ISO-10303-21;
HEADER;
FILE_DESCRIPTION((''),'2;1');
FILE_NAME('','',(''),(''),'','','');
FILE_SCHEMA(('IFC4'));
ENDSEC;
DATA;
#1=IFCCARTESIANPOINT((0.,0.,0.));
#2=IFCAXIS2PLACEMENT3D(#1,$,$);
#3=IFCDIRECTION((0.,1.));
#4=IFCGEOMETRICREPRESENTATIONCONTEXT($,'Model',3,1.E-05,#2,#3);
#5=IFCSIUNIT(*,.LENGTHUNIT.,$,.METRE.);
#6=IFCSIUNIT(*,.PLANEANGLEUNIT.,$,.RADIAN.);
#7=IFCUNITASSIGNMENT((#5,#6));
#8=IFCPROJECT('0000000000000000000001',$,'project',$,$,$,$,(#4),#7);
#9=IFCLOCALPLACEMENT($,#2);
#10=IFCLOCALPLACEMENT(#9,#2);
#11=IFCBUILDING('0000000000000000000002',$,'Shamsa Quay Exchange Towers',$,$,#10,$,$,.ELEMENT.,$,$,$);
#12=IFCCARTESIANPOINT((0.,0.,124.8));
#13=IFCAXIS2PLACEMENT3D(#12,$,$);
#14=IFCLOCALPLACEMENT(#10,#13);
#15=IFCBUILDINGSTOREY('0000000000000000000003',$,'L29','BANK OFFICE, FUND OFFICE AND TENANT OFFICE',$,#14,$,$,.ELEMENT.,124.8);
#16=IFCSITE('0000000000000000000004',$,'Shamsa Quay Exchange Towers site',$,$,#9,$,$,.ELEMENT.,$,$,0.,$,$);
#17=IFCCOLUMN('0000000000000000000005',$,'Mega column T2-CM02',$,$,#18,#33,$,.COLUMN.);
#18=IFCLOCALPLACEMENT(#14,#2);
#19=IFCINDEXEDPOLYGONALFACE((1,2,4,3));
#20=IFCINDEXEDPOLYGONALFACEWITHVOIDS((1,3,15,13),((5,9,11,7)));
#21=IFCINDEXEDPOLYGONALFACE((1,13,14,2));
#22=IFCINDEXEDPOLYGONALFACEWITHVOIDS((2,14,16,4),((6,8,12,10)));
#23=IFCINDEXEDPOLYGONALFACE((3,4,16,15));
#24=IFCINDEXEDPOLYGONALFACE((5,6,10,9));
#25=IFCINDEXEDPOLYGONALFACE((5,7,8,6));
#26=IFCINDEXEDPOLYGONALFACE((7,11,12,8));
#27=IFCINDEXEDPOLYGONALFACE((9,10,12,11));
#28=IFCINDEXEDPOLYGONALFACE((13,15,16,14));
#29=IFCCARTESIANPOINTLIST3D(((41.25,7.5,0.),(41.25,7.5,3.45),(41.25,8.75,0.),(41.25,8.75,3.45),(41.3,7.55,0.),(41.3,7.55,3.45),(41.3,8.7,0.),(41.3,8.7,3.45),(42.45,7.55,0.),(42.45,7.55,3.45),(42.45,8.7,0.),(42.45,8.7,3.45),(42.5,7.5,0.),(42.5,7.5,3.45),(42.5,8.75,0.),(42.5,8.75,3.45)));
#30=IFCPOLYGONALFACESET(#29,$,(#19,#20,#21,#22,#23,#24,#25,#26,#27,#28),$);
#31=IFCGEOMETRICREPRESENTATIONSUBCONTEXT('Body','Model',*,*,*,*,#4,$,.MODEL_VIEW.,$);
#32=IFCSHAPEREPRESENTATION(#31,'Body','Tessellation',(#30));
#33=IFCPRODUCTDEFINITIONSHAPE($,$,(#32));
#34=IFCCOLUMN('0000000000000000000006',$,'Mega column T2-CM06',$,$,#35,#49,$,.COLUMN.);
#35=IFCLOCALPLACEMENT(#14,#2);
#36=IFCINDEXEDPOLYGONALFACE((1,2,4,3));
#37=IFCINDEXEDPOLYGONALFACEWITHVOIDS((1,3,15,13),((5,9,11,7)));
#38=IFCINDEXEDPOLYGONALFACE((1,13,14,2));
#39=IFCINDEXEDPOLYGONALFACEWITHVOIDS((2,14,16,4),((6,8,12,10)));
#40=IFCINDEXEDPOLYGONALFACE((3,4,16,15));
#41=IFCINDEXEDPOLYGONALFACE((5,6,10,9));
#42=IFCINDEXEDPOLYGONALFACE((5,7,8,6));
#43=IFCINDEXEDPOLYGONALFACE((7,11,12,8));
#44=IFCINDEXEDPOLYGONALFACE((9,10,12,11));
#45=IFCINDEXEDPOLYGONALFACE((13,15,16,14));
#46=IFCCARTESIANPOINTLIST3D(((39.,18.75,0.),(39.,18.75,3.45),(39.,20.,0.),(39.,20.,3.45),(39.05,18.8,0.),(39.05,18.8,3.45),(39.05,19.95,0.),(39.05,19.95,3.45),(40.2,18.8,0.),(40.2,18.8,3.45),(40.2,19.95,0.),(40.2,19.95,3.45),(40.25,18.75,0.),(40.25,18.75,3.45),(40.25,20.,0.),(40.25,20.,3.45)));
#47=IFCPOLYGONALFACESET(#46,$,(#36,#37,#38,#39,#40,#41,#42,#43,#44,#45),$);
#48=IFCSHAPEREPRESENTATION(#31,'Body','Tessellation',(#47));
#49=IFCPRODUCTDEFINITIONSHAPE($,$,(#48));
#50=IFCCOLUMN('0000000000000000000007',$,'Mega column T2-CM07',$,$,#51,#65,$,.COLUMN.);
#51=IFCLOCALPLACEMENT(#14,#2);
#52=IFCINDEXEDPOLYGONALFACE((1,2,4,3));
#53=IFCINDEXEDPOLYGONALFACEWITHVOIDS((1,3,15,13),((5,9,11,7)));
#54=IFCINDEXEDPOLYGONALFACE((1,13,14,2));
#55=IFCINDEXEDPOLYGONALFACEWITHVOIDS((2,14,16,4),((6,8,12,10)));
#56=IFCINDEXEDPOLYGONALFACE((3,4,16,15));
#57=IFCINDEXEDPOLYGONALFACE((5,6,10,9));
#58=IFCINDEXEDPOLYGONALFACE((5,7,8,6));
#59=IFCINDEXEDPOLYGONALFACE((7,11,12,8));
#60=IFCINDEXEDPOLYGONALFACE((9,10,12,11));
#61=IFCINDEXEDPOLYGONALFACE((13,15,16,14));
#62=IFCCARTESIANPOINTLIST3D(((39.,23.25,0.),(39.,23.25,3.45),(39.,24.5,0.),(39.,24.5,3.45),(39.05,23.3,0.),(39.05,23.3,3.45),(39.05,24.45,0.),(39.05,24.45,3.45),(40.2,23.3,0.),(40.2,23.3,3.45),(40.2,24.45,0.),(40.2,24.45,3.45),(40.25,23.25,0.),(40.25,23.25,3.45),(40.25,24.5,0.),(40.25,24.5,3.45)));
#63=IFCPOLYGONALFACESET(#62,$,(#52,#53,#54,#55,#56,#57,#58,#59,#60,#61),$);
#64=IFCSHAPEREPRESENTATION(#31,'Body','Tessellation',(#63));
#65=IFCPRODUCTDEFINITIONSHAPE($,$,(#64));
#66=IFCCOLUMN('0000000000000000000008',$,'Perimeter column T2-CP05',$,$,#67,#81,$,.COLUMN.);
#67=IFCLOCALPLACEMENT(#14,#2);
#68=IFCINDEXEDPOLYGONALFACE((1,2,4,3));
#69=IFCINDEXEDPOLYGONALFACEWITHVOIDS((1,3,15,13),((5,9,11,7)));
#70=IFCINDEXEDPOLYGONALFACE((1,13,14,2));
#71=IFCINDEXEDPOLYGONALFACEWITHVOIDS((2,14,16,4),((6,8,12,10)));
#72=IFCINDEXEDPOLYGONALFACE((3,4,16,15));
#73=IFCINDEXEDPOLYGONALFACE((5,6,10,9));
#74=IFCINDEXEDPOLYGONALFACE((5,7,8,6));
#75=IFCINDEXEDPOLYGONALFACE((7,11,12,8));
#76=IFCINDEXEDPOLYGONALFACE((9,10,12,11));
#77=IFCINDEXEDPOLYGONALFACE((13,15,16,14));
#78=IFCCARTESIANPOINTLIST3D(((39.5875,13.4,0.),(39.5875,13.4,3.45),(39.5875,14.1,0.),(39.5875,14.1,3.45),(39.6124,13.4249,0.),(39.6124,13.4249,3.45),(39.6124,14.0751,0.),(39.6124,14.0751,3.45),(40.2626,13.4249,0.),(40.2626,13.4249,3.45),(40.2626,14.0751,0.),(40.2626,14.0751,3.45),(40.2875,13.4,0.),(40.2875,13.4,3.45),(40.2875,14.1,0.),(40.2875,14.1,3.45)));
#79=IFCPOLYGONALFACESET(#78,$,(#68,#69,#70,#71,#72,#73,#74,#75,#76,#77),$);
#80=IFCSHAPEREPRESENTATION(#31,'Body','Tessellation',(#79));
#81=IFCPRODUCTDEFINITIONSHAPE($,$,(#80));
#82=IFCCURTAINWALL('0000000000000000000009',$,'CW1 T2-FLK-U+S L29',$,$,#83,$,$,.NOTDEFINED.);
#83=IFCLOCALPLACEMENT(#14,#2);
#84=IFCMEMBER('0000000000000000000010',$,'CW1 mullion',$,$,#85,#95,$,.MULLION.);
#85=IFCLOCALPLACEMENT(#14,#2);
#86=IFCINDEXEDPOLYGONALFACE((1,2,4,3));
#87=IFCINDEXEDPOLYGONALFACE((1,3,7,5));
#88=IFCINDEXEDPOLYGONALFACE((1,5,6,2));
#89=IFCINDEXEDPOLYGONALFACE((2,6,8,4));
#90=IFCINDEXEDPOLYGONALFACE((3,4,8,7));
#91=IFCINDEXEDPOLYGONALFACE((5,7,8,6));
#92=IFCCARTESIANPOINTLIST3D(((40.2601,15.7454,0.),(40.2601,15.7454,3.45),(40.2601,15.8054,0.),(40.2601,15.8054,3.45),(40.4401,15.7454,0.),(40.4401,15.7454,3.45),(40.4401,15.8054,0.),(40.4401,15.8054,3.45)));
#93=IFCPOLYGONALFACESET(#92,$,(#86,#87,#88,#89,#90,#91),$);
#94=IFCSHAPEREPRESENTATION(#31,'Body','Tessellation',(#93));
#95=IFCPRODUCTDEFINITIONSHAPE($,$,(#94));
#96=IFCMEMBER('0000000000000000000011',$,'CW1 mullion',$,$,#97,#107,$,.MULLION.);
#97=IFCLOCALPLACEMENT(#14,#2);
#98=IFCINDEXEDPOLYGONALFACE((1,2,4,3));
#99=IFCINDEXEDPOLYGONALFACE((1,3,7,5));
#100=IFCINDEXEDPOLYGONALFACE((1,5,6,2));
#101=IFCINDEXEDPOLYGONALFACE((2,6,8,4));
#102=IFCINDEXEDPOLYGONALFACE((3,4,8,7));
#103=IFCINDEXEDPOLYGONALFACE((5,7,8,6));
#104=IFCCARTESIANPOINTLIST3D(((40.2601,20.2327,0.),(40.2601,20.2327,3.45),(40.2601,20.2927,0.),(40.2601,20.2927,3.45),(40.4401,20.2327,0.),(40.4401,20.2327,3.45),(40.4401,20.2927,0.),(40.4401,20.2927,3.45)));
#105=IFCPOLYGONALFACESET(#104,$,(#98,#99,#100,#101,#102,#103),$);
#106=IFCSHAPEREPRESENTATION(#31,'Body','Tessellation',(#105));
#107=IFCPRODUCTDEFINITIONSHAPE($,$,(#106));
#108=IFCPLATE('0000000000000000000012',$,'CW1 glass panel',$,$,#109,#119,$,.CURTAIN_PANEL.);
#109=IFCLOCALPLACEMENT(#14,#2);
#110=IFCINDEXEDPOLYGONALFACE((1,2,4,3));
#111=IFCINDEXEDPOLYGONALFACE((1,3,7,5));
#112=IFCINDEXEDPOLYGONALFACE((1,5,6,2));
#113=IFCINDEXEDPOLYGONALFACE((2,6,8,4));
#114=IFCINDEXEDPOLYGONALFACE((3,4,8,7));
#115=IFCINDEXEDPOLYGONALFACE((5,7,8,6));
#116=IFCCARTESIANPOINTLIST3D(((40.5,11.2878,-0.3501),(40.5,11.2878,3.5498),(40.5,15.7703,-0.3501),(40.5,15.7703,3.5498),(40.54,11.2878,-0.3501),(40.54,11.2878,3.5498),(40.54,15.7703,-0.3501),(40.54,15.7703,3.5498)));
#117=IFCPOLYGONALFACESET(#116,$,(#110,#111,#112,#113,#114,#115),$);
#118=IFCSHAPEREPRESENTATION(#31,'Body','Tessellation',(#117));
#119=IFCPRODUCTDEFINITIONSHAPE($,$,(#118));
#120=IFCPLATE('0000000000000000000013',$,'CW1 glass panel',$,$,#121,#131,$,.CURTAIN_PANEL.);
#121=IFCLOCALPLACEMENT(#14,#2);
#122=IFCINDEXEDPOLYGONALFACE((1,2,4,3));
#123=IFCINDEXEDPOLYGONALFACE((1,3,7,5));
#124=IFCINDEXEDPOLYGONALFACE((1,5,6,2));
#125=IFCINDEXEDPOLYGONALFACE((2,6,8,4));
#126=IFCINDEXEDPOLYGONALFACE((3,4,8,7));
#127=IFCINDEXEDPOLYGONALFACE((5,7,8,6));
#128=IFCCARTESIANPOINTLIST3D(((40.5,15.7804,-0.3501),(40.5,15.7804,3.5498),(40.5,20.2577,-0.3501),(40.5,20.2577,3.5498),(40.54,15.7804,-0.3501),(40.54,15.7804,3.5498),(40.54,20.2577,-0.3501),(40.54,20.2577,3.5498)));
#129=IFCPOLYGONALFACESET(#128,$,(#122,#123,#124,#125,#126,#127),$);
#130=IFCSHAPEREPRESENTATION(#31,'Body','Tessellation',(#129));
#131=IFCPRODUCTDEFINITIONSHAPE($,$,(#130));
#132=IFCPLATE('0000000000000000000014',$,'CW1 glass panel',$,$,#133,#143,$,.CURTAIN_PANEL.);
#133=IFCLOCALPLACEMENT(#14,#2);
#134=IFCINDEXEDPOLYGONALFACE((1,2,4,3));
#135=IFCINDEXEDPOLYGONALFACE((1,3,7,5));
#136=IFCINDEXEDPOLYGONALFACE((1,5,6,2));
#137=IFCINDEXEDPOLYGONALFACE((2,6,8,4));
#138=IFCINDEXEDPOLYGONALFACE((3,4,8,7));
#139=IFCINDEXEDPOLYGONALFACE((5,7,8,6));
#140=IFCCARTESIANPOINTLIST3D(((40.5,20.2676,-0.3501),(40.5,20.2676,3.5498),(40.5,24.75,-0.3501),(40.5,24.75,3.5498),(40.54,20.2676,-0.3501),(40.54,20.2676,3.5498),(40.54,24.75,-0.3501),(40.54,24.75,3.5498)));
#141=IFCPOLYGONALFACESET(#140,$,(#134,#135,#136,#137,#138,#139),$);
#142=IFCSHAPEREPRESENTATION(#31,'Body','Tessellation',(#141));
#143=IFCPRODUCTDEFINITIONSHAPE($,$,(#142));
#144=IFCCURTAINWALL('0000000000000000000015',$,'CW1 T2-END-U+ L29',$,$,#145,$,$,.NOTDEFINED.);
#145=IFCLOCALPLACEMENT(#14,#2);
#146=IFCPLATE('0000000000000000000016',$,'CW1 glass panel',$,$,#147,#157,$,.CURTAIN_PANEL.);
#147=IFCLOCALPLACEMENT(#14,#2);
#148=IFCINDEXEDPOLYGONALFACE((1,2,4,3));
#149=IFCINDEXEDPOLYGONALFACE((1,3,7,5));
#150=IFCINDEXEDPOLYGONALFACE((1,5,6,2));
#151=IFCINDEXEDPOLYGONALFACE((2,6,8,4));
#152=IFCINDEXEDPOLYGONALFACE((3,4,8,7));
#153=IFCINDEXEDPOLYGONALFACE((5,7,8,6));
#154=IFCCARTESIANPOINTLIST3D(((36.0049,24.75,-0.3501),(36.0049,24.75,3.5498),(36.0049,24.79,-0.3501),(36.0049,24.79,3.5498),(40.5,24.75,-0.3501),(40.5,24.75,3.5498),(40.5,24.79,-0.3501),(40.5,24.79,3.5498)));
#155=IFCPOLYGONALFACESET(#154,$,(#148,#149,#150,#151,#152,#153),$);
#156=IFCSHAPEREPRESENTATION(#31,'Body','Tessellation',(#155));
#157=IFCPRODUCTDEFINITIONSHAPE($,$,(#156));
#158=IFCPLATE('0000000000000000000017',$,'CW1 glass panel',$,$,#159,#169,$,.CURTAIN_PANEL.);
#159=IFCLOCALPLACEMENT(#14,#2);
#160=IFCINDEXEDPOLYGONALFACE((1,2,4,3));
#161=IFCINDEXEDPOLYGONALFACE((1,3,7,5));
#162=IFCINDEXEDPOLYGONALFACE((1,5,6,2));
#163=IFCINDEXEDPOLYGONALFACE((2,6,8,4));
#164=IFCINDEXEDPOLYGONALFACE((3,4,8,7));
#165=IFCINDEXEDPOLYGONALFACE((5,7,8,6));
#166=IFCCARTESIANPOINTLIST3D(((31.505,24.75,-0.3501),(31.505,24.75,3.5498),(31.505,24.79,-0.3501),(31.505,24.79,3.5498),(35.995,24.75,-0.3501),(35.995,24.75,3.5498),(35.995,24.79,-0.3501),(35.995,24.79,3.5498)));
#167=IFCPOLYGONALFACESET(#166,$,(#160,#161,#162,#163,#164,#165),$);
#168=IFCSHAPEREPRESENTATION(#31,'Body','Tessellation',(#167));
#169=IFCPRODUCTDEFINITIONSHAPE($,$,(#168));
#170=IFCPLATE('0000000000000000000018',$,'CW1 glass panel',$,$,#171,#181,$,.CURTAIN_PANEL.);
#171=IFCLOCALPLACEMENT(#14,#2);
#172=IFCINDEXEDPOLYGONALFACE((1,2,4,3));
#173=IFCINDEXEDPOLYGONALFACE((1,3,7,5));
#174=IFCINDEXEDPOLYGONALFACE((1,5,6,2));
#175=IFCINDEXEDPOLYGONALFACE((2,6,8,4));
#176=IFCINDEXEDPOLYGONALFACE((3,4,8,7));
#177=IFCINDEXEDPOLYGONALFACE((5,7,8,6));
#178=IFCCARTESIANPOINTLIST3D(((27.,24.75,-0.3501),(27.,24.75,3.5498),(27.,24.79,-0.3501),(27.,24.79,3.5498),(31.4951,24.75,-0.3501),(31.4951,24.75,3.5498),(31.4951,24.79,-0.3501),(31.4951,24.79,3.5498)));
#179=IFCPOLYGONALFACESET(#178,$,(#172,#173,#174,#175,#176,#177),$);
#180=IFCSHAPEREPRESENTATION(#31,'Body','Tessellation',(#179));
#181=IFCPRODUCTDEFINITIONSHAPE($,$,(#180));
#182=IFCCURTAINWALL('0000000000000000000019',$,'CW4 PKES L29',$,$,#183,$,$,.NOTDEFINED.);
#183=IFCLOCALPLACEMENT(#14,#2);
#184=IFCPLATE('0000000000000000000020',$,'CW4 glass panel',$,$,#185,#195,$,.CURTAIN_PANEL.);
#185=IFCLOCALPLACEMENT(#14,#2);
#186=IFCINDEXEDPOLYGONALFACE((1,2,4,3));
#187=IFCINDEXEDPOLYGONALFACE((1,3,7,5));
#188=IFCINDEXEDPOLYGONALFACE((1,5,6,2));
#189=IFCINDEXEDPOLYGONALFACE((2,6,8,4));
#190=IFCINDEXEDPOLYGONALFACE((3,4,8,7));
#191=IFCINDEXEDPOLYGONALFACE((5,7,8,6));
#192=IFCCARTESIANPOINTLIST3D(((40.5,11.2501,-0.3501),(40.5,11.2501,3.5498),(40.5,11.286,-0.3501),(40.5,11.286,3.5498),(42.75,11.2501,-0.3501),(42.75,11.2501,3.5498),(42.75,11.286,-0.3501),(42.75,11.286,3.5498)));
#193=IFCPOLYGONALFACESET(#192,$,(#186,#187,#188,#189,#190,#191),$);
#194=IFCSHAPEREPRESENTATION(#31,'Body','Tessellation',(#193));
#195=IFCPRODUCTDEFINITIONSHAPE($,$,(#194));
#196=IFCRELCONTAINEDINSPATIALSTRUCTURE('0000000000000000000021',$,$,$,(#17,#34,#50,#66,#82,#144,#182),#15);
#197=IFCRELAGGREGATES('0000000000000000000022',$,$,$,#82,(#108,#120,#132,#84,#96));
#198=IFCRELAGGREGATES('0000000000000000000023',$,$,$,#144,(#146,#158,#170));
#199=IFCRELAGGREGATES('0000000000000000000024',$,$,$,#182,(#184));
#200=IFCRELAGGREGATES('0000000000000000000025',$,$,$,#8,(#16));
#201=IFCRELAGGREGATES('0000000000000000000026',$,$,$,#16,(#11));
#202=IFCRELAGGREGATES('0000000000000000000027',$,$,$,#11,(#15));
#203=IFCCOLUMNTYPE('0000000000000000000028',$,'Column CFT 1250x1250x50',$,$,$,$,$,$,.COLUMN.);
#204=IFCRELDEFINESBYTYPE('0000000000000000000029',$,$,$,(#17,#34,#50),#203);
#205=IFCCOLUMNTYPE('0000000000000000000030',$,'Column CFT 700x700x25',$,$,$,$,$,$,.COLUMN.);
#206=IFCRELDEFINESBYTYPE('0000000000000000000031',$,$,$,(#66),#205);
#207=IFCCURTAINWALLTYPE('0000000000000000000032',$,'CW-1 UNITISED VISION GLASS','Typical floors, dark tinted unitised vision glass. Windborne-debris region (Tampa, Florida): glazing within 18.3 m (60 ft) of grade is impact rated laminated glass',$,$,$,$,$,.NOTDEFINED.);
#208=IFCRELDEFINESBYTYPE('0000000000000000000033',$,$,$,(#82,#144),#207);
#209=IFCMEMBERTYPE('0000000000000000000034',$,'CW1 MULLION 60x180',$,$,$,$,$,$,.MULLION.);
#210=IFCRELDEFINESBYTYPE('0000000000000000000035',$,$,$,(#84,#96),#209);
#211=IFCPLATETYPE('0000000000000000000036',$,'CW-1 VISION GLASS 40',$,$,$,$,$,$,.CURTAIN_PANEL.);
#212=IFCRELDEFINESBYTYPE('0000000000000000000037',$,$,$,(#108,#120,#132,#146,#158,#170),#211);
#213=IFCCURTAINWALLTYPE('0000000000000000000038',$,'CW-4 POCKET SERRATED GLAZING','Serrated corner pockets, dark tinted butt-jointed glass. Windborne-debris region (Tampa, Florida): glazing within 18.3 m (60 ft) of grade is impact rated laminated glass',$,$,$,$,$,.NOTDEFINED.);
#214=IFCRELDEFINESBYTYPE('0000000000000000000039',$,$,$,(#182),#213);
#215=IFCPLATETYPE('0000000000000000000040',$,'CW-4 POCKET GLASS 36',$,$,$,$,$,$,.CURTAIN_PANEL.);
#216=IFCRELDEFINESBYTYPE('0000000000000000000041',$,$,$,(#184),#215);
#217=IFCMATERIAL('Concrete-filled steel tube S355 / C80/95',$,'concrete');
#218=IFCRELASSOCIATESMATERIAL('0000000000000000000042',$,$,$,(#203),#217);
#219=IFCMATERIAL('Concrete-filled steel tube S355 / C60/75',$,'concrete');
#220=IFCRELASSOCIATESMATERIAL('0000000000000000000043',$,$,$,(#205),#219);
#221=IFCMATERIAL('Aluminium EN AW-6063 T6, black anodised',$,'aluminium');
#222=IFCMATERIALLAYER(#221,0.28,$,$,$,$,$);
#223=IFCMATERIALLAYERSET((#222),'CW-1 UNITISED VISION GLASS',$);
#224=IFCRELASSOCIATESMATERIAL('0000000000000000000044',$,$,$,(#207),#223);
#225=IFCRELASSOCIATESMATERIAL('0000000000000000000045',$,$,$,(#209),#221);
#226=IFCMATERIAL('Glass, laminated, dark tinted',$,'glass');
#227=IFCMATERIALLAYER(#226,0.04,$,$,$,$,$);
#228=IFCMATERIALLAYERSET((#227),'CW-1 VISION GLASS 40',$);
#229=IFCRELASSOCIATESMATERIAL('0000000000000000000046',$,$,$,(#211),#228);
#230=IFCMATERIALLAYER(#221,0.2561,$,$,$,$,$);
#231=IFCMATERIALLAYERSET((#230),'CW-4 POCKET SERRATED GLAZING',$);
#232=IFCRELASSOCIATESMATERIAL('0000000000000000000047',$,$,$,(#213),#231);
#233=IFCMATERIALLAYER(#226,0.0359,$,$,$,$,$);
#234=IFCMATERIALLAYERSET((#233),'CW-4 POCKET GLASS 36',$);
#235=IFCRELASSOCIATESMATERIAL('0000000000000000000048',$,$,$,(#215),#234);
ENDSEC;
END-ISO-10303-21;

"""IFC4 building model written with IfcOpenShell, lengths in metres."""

from ifc_helpers import new_model, si_unit, direction, frame, origin, origin_2d, place, context, subcontext, project, spatial, rectangle, hollow_rectangle, extrude, material, layer, layer_set, material_profile, profile_set, type_object, element, aggregate, save


model = new_model("IFC4")

# Units and contexts
model_context = context("Model", 3, precision=1e-05, world=origin(), true_north=direction((0.0, 1.0)))
body_context = subcontext(model_context, "Body", "Model", "MODEL_VIEW")
ifc_project = project(units=[si_unit("LENGTHUNIT", "METRE"), si_unit("PLANEANGLEUNIT", "RADIAN")], contexts=[model_context])

# Site, building, storey
site_placement = place(None, origin())
site = spatial("IfcSite", under=ifc_project, at=site_placement, Name="Shamsa Quay Exchange Towers site", CompositionType="ELEMENT", RefElevation=0.0)
building_placement = place(site_placement, origin())
building = spatial("IfcBuilding", under=site, at=building_placement, Name="Shamsa Quay Exchange Towers", CompositionType="ELEMENT")
storey_placement = place(building_placement, frame((0.0, 0.0, 124.8)))
storey = spatial("IfcBuildingStorey", under=building, at=storey_placement, Name="L29", Description="BANK OFFICE, FUND OFFICE AND TENANT OFFICE", CompositionType="ELEMENT", Elevation=124.8)

# Columns
ifc_material_1 = material(Name="Concrete-filled steel tube S355 / C80/95", Category="concrete")
ifc_material_profile_1 = material_profile(ifc_material_1, hollow_rectangle(XDim=1.25, YDim=1.25, WallThickness=0.05, at=origin_2d()), Name="CFT 1250x1250x50")
ifc_profile_set_1 = profile_set([ifc_material_profile_1], Name="Concrete-filled steel tube S355 / C80/95")
column_type_1 = type_object("IfcColumnType", Name="Column CFT 1250x1250x50", PredefinedType="COLUMN", material=ifc_profile_set_1)
for number, where, name in (
    (1, (41.875, 8.125, 0.0), "Mega column T2-CM02"),
    (2, (39.625, 19.375, 0.0), "Mega column T2-CM06"),
    (3, (39.625, 23.875, 0.0), "Mega column T2-CM07"),
):
    element("IfcColumn", number, at=place(storey_placement, frame(where)), inside=storey, type_object=column_type_1, Name=name, PredefinedType="COLUMN", context=body_context, shape_type="SweptSolid", body=[
        extrude(hollow_rectangle(XDim=1.25, YDim=1.25, WallThickness=0.05, at=origin_2d()), origin(), (0.0, 0.0, 1.0), 3.45),
    ])
ifc_material_2 = material(Name="Concrete-filled steel tube S355 / C60/75", Category="concrete")
ifc_material_profile_2 = material_profile(ifc_material_2, hollow_rectangle(XDim=0.7, YDim=0.7, WallThickness=0.0249, at=origin_2d()), Name="CFT 700x700x25")
ifc_profile_set_2 = profile_set([ifc_material_profile_2], Name="Concrete-filled steel tube S355 / C60/75")
column_type_2 = type_object("IfcColumnType", Name="Column CFT 700x700x25", PredefinedType="COLUMN", material=ifc_profile_set_2)
column_placement = place(storey_placement, frame((39.9375, 13.75, 0.0)))
element("IfcColumn", 4, at=column_placement, inside=storey, type_object=column_type_2, Name="Perimeter column T2-CP05", PredefinedType="COLUMN", context=body_context, shape_type="SweptSolid", body=[
    extrude(hollow_rectangle(XDim=0.7, YDim=0.7, WallThickness=0.0249, at=origin_2d()), origin(), (0.0, 0.0, 1.0), 3.45),
])

# Curtain wall, members, plates
ifc_material_3 = material(Name="Aluminium EN AW-6063 T6, black anodised", Category="aluminium")
ifc_layer_1 = layer(ifc_material_3, 0.28)
ifc_layer_set_1 = layer_set([ifc_layer_1], Name="CW-1 UNITISED VISION GLASS")
curtain_wall_type_1 = type_object("IfcCurtainWallType", Name="CW-1 UNITISED VISION GLASS", Description="Typical floors, dark tinted unitised vision glass. Windborne-debris region (Tampa, Florida): glazing within 18.3 m (60 ft) of grade is impact rated laminated glass", PredefinedType="NOTDEFINED", material=ifc_layer_set_1)
curtain_wall_1_placement = place(storey_placement, origin())
curtain_wall_1 = element("IfcCurtainWall", 5, at=curtain_wall_1_placement, inside=storey, type_object=curtain_wall_type_1, Name="CW1 T2-FLK-U+S L29", PredefinedType="NOTDEFINED")
ifc_material_profile_3 = material_profile(ifc_material_3, rectangle(XDim=0.1799, YDim=0.0601, at=origin_2d()), Name="MU60x180")
ifc_profile_set_3 = profile_set([ifc_material_profile_3], Name="Aluminium EN AW-6063 T6, black anodised")
member_type = type_object("IfcMemberType", Name="CW1 MULLION 60x180", PredefinedType="MULLION", material=ifc_profile_set_3)
member_1_placement = place(storey_placement, frame((40.3501, 15.7754, 0.0), z_axis=(0.0, 0.0, 1.0), x_axis=(-1.0, 0.0, 0.0)))
member_1 = element("IfcMember", 6, at=member_1_placement, type_object=member_type, Name="CW1 mullion", PredefinedType="MULLION", context=body_context, shape_type="SweptSolid", body=[
    extrude(rectangle(XDim=0.1799, YDim=0.0601, at=origin_2d()), origin(), (0.0, 0.0, 1.0), 3.45),
])
member_2_placement = place(storey_placement, frame((40.3501, 20.2627, 0.0), z_axis=(0.0, 0.0, 1.0), x_axis=(-1.0, 0.0, 0.0)))
member_2 = element("IfcMember", 7, at=member_2_placement, type_object=member_type, Name="CW1 mullion", PredefinedType="MULLION", context=body_context, shape_type="SweptSolid", body=[
    extrude(rectangle(XDim=0.1799, YDim=0.0601, at=origin_2d()), origin(), (0.0, 0.0, 1.0), 3.45),
])
ifc_material_4 = material(Name="Glass, laminated, dark tinted", Category="glass")
ifc_layer_2 = layer(ifc_material_4, 0.04)
ifc_layer_set_2 = layer_set([ifc_layer_2], Name="CW-1 VISION GLASS 40")
plate_type_1 = type_object("IfcPlateType", Name="CW-1 VISION GLASS 40", PredefinedType="CURTAIN_PANEL", material=ifc_layer_set_2)
plate_1_placement = place(storey_placement, frame((40.52, 13.5291, -0.3501), z_axis=(0.0, 0.0, 1.0), x_axis=(0.0, 1.0, 0.0)))
plate_1 = element("IfcPlate", 8, at=plate_1_placement, type_object=plate_type_1, Name="CW1 glass panel", PredefinedType="CURTAIN_PANEL", context=body_context, shape_type="SweptSolid", body=[
    extrude(rectangle(XDim=4.4824, YDim=0.04, at=origin_2d()), origin(), (0.0, 0.0, 1.0), 3.8999),
])
plate_2_placement = place(storey_placement, frame((40.52, 18.019, -0.3501), z_axis=(0.0, 0.0, 1.0), x_axis=(0.0, 1.0, 0.0)))
plate_2 = element("IfcPlate", 9, at=plate_2_placement, type_object=plate_type_1, Name="CW1 glass panel", PredefinedType="CURTAIN_PANEL", context=body_context, shape_type="SweptSolid", body=[
    extrude(rectangle(XDim=4.4773, YDim=0.04, at=origin_2d()), origin(), (0.0, 0.0, 1.0), 3.8999),
])
plate_3_placement = place(storey_placement, frame((40.52, 22.5088, -0.3501), z_axis=(0.0, 0.0, 1.0), x_axis=(0.0, 1.0, 0.0)))
plate_3 = element("IfcPlate", 10, at=plate_3_placement, type_object=plate_type_1, Name="CW1 glass panel", PredefinedType="CURTAIN_PANEL", context=body_context, shape_type="SweptSolid", body=[
    extrude(rectangle(XDim=4.4824, YDim=0.04, at=origin_2d()), origin(), (0.0, 0.0, 1.0), 3.8999),
])
aggregate(curtain_wall_1, [plate_1, plate_2, plate_3, member_1, member_2])

# Curtain wall, plates
curtain_wall_2_placement = place(storey_placement, origin())
curtain_wall_2 = element("IfcCurtainWall", 11, at=curtain_wall_2_placement, inside=storey, type_object=curtain_wall_type_1, Name="CW1 T2-END-U+ L29", PredefinedType="NOTDEFINED")
plate_4_placement = place(storey_placement, frame((38.2524, 24.77, -0.3501), z_axis=(0.0, 0.0, 1.0), x_axis=(-1.0, 0.0, 0.0)))
plate_4 = element("IfcPlate", 12, at=plate_4_placement, type_object=plate_type_1, Name="CW1 glass panel", PredefinedType="CURTAIN_PANEL", context=body_context, shape_type="SweptSolid", body=[
    extrude(rectangle(XDim=4.4951, YDim=0.04, at=origin_2d()), origin(), (0.0, 0.0, 1.0), 3.8999),
])
plate_5_placement = place(storey_placement, frame((33.75, 24.77, -0.3501), z_axis=(0.0, 0.0, 1.0), x_axis=(-1.0, 0.0, 0.0)))
plate_5 = element("IfcPlate", 13, at=plate_5_placement, type_object=plate_type_1, Name="CW1 glass panel", PredefinedType="CURTAIN_PANEL", context=body_context, shape_type="SweptSolid", body=[
    extrude(rectangle(XDim=4.49, YDim=0.04, at=origin_2d()), origin(), (0.0, 0.0, 1.0), 3.8999),
])
plate_6_placement = place(storey_placement, frame((29.2476, 24.77, -0.3501), z_axis=(0.0, 0.0, 1.0), x_axis=(-1.0, 0.0, 0.0)))
plate_6 = element("IfcPlate", 14, at=plate_6_placement, type_object=plate_type_1, Name="CW1 glass panel", PredefinedType="CURTAIN_PANEL", context=body_context, shape_type="SweptSolid", body=[
    extrude(rectangle(XDim=4.4951, YDim=0.04, at=origin_2d()), origin(), (0.0, 0.0, 1.0), 3.8999),
])
aggregate(curtain_wall_2, [plate_4, plate_5, plate_6])

# Curtain wall, plate
ifc_layer_3 = layer(ifc_material_3, 0.2561)
ifc_layer_set_3 = layer_set([ifc_layer_3], Name="CW-4 POCKET SERRATED GLAZING")
curtain_wall_type_2 = type_object("IfcCurtainWallType", Name="CW-4 POCKET SERRATED GLAZING", Description="Serrated corner pockets, dark tinted butt-jointed glass. Windborne-debris region (Tampa, Florida): glazing within 18.3 m (60 ft) of grade is impact rated laminated glass", PredefinedType="NOTDEFINED", material=ifc_layer_set_3)
curtain_wall_3_placement = place(storey_placement, origin())
curtain_wall_3 = element("IfcCurtainWall", 15, at=curtain_wall_3_placement, inside=storey, type_object=curtain_wall_type_2, Name="CW4 PKES L29", PredefinedType="NOTDEFINED")
ifc_layer_4 = layer(ifc_material_4, 0.0359)
ifc_layer_set_4 = layer_set([ifc_layer_4], Name="CW-4 POCKET GLASS 36")
plate_type_2 = type_object("IfcPlateType", Name="CW-4 POCKET GLASS 36", PredefinedType="CURTAIN_PANEL", material=ifc_layer_set_4)
plate_7_placement = place(storey_placement, frame((41.625, 11.2681, -0.3501), z_axis=(0.0, 0.0, 1.0), x_axis=(-1.0, 0.0, 0.0)))
plate_7 = element("IfcPlate", 16, at=plate_7_placement, type_object=plate_type_2, Name="CW4 glass panel", PredefinedType="CURTAIN_PANEL", context=body_context, shape_type="SweptSolid", body=[
    extrude(rectangle(XDim=2.25, YDim=0.0359, at=origin_2d()), origin(), (0.0, 0.0, 1.0), 3.8999),
])
aggregate(curtain_wall_3, [plate_7])

save(model, "model.ifc")
